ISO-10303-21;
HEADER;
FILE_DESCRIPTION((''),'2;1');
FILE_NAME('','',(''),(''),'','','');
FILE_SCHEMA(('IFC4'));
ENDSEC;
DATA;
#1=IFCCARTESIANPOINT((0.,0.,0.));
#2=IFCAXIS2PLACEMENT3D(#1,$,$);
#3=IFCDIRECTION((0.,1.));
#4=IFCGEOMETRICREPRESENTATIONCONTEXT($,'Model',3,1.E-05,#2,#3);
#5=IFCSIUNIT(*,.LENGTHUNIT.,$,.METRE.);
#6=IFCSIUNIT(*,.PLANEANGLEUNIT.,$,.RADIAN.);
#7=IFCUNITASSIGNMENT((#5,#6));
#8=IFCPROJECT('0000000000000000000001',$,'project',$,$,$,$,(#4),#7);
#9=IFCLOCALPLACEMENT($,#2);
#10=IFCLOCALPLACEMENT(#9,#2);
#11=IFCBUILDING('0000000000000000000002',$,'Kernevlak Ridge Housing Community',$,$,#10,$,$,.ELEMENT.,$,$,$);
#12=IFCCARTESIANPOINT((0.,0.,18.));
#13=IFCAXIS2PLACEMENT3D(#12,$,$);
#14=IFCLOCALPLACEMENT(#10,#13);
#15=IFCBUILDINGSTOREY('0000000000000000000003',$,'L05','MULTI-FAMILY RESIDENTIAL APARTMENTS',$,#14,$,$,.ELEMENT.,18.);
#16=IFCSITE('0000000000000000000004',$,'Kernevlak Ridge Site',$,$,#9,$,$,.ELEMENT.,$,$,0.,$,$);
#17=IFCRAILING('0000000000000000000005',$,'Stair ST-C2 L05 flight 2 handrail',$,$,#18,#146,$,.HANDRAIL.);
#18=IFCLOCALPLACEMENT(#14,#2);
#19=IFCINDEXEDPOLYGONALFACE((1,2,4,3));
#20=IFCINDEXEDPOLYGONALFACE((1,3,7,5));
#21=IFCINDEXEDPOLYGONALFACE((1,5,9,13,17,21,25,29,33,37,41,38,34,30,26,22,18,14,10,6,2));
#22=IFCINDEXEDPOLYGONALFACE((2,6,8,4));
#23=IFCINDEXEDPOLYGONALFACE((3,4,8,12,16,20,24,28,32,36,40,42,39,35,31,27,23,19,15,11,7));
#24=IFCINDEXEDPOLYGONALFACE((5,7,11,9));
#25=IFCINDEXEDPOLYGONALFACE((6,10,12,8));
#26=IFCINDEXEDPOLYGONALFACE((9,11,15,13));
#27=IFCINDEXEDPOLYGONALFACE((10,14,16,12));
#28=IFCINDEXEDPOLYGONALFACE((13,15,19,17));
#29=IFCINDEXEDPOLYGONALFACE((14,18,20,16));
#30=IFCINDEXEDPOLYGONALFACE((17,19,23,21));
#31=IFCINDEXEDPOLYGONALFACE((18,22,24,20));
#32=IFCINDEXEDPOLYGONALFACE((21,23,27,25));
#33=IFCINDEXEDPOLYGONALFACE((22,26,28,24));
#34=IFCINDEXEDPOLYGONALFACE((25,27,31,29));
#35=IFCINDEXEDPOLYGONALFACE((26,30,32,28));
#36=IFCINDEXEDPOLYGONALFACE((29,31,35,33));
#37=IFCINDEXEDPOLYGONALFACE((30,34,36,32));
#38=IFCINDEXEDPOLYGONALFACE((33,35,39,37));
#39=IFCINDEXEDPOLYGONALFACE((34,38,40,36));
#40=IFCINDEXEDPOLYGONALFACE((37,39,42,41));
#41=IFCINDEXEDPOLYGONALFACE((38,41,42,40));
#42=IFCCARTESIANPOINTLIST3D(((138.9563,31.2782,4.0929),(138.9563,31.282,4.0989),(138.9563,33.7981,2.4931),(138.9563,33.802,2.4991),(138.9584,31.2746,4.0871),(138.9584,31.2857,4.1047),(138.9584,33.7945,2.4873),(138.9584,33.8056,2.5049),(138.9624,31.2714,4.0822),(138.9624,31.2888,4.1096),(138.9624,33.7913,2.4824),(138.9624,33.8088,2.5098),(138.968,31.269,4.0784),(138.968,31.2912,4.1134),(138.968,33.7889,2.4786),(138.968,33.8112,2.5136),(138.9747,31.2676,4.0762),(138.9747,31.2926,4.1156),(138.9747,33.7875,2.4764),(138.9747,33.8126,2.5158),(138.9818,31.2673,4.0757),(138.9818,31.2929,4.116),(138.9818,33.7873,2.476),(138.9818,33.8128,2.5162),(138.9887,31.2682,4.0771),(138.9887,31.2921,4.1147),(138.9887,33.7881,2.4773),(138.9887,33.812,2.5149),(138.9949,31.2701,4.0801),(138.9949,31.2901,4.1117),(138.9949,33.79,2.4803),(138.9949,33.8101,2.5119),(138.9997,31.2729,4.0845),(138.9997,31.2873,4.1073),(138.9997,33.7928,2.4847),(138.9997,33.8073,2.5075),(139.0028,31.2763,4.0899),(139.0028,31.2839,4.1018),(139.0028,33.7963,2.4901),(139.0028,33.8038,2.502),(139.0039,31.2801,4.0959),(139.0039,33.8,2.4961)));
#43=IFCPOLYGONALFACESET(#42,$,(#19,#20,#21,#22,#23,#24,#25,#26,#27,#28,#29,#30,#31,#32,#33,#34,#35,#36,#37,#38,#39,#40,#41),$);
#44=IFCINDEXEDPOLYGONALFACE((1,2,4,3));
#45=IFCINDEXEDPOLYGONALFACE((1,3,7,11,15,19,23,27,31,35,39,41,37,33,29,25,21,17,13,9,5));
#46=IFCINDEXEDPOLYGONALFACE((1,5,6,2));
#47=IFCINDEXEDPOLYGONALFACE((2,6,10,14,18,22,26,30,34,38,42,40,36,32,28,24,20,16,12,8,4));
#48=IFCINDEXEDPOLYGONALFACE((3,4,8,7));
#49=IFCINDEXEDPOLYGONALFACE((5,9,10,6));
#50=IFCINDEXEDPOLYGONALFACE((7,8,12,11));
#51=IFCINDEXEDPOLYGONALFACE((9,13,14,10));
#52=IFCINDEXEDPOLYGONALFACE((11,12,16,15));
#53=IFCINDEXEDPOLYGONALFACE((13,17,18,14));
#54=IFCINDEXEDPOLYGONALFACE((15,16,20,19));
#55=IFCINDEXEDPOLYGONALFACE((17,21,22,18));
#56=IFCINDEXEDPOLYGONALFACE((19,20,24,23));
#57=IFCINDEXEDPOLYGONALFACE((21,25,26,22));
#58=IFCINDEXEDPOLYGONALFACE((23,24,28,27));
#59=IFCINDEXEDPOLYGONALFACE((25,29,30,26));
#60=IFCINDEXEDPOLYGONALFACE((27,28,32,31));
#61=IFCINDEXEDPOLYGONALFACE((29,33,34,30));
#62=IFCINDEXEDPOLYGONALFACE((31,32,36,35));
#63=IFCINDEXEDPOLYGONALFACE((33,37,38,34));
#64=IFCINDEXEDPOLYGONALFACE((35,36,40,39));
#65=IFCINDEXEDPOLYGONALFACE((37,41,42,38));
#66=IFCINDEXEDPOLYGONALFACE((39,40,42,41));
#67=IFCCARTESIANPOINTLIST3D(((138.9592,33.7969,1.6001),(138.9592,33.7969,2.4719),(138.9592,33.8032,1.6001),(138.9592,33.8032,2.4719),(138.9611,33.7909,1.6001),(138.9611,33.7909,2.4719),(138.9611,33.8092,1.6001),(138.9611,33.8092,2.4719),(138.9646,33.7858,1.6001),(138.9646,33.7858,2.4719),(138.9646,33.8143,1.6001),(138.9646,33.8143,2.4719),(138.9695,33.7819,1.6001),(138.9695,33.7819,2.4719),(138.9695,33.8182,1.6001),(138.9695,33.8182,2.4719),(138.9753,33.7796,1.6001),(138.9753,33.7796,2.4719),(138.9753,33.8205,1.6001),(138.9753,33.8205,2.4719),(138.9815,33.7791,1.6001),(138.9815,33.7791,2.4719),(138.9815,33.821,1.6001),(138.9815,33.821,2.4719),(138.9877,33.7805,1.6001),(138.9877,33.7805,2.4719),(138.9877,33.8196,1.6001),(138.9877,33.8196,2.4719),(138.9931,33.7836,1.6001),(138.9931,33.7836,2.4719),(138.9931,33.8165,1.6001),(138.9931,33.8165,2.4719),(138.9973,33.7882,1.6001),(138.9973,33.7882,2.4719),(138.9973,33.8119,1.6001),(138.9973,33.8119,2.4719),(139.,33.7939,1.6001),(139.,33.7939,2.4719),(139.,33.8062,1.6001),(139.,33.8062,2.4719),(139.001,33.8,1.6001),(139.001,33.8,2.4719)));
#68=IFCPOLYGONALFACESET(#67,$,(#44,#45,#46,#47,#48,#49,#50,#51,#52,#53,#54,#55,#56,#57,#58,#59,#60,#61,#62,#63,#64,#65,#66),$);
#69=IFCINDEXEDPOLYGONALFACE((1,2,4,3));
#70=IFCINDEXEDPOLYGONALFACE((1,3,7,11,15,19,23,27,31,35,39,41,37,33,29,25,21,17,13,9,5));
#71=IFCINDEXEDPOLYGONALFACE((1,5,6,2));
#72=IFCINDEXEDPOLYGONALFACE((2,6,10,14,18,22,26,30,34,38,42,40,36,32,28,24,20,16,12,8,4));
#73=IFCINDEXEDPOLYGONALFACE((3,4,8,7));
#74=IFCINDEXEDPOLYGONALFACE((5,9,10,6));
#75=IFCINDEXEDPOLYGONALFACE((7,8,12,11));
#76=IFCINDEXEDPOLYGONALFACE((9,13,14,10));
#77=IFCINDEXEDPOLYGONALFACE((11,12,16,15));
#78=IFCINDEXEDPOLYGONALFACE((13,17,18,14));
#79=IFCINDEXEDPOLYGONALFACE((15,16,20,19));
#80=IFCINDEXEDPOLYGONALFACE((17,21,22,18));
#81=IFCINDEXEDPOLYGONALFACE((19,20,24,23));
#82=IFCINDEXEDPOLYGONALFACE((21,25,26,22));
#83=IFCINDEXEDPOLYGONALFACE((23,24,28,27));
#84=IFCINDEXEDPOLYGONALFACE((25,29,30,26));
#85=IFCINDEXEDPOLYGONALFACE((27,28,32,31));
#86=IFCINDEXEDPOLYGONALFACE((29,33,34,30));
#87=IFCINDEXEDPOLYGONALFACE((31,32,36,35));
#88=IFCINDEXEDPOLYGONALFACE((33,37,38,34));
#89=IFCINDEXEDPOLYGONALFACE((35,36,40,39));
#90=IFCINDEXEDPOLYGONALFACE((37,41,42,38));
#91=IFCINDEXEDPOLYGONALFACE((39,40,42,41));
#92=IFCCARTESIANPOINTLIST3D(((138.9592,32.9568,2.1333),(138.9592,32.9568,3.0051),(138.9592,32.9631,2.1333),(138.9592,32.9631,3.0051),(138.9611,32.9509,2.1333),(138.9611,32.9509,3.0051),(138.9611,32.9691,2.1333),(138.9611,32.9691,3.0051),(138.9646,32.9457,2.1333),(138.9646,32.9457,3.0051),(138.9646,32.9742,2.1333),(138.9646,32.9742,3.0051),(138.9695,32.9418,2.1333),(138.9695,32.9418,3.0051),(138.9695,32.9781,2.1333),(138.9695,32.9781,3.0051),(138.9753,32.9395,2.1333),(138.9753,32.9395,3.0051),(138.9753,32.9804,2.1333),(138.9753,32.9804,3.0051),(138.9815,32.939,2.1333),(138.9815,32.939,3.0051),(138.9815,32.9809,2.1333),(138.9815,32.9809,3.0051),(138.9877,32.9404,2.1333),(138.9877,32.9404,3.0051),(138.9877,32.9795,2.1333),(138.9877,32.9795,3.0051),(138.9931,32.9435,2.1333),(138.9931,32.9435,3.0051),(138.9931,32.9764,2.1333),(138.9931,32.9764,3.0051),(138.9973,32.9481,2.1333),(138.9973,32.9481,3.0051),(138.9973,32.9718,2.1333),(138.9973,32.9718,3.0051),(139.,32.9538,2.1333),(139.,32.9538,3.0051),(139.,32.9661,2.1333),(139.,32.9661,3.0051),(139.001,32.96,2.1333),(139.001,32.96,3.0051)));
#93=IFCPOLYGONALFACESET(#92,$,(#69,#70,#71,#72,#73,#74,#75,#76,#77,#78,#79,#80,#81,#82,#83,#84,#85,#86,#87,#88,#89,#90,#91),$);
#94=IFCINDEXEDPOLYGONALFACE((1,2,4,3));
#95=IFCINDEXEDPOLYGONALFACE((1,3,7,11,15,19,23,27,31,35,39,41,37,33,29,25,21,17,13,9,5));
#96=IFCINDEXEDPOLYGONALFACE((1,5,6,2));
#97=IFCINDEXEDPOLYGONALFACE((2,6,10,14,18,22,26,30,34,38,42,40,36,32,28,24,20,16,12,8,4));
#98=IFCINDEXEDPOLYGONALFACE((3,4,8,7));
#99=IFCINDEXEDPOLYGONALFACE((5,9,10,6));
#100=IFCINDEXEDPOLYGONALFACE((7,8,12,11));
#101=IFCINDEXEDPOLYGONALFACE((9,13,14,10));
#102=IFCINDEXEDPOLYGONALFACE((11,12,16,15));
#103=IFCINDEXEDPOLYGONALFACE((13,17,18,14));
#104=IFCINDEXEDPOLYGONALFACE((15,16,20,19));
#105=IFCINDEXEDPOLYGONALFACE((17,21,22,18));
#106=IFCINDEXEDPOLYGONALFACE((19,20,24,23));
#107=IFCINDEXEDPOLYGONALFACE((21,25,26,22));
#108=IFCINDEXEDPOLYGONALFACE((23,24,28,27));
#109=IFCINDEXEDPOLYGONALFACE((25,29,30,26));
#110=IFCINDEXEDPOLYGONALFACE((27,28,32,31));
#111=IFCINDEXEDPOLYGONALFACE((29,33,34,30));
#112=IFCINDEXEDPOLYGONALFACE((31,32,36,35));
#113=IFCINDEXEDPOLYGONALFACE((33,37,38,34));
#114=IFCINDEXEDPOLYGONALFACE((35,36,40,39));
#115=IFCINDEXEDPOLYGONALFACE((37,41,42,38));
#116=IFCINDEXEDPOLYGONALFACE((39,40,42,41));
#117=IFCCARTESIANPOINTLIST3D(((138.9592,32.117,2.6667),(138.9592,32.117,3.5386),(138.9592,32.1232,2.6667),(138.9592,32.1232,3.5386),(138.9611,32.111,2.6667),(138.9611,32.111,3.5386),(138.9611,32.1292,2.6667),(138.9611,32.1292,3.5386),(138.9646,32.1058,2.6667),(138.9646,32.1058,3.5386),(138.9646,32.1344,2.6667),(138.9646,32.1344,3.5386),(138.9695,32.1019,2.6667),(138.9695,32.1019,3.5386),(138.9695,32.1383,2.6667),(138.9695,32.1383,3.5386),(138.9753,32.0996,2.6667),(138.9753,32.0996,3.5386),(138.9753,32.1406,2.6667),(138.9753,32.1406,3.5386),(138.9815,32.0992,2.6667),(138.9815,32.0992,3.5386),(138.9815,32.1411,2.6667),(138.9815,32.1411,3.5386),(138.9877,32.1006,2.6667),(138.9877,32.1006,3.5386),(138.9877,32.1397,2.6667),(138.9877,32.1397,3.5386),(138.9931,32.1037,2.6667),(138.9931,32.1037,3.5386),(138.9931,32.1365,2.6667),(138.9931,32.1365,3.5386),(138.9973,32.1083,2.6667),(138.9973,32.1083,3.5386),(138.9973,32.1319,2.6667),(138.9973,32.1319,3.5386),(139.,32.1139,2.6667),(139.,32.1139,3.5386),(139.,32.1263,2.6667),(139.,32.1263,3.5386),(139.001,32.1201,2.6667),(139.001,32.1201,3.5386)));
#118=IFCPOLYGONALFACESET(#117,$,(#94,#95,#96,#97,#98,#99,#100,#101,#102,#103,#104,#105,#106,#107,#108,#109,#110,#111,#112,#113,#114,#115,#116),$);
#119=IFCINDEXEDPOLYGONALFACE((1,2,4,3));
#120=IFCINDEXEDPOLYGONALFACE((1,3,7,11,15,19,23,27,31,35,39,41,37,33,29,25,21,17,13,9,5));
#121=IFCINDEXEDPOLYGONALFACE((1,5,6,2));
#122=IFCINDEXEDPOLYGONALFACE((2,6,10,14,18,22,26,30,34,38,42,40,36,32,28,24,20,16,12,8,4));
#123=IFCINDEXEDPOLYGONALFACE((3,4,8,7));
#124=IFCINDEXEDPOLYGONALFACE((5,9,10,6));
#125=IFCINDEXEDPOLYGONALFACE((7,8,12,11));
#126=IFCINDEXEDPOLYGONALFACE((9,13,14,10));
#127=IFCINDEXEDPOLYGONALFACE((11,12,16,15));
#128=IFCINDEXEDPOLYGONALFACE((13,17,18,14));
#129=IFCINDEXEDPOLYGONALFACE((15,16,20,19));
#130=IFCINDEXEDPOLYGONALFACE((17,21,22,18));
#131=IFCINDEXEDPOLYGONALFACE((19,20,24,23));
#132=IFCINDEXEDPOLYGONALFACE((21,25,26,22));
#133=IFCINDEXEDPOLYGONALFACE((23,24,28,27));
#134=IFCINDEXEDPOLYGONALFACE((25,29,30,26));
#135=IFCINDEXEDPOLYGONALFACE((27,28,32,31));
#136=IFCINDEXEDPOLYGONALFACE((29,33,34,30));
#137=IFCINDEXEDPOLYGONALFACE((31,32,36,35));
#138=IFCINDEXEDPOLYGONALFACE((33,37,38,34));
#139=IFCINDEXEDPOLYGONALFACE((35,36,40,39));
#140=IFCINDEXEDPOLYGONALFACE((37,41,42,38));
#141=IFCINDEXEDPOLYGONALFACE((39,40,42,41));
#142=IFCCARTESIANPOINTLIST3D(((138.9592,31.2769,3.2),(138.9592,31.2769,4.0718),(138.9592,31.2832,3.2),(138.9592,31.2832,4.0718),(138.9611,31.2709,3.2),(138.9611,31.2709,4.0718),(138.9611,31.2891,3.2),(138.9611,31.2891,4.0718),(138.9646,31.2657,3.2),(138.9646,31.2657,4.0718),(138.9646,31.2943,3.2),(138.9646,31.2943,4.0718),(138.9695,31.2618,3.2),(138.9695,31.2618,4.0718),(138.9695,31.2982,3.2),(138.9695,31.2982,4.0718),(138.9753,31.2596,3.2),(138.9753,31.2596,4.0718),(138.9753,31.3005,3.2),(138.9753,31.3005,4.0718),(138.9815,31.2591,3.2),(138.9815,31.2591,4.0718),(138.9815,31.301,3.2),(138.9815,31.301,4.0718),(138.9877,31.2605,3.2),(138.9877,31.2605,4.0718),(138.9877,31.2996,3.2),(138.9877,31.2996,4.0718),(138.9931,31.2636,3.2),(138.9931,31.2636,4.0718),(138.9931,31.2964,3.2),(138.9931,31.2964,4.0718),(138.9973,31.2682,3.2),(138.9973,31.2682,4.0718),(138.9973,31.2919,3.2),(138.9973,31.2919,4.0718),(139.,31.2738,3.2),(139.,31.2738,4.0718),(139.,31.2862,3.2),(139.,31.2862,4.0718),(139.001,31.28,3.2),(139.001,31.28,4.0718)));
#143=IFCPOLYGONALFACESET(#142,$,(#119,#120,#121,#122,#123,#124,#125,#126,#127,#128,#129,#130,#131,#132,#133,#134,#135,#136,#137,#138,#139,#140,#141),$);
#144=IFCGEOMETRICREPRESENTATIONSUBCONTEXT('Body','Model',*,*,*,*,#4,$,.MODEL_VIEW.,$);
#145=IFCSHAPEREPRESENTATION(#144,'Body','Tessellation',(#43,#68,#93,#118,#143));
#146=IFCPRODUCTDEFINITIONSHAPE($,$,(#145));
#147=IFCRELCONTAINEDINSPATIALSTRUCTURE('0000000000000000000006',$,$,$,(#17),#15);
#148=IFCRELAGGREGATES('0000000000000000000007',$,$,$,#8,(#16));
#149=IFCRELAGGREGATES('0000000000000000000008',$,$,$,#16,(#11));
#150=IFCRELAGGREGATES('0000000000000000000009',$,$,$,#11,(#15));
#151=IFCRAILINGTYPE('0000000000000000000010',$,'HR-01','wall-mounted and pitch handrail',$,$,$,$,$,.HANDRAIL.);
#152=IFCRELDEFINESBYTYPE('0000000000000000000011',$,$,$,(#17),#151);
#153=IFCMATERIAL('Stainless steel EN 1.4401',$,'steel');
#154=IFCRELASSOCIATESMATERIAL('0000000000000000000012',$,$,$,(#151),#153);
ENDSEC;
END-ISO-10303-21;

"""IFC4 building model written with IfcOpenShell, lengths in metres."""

from ifc_helpers import new_model, si_unit, direction, frame, origin, origin_2d, place, context, subcontext, project, spatial, circle, extrude, material, type_object, element, save


model = new_model("IFC4")

# Units and contexts
model_context = context("Model", 3, precision=1e-05, world=origin(), true_north=direction((0.0, 1.0)))
body_context = subcontext(model_context, "Body", "Model", "MODEL_VIEW")
ifc_project = project(units=[si_unit("LENGTHUNIT", "METRE"), si_unit("PLANEANGLEUNIT", "RADIAN")], contexts=[model_context])

# Site, building, storey
site_placement = place(None, origin())
site = spatial("IfcSite", under=ifc_project, at=site_placement, Name="Kernevlak Ridge Site", CompositionType="ELEMENT", RefElevation=0.0)
building_placement = place(site_placement, origin())
building = spatial("IfcBuilding", under=site, at=building_placement, Name="Kernevlak Ridge Housing Community", CompositionType="ELEMENT")
storey_placement = place(building_placement, frame((0.0, 0.0, 18.0)))
storey = spatial("IfcBuildingStorey", under=building, at=storey_placement, Name="L05", Description="MULTI-FAMILY RESIDENTIAL APARTMENTS", CompositionType="ELEMENT", Elevation=18.0)

# Railing
ifc_material_1 = material(Name="Stainless steel EN 1.4401", Category="steel")
railing_type_1 = type_object("IfcRailingType", Name="HR-01", Description="wall-mounted and pitch handrail", PredefinedType="HANDRAIL", material=ifc_material_1)
railing_1_placement = place(storey_placement, frame((138.98, 33.8, 1.6001)))
element("IfcRailing", 1, at=railing_1_placement, inside=storey, type_object=railing_type_1, Name="Stair ST-C2 L05 flight 2 handrail", PredefinedType="HANDRAIL", context=body_context, shape_type="SweptSolid", body=[
    extrude(circle(Radius=0.0239, at=origin_2d()), frame((0.0, 0.0, 0.896), z_axis=(0.0, -0.844237, 0.53597), x_axis=(1.0, 0.0, 0.0)), (0.0, 0.0, 1.0), 2.9849),
    extrude(circle(Radius=0.021, at=origin_2d()), origin(), (0.0, 0.0, 1.0), 0.8718),
    extrude(circle(Radius=0.021, at=origin_2d()), frame((0.0, -0.8401, 0.5332)), (0.0, 0.0, 1.0), 0.8718),
    extrude(circle(Radius=0.021, at=origin_2d()), frame((0.0, -1.6799, 1.0667)), (0.0, 0.0, 1.0), 0.8718),
    extrude(circle(Radius=0.021, at=origin_2d()), frame((0.0, -2.52, 1.5999)), (0.0, 0.0, 1.0), 0.8718),
])

save(model, "model.ifc")
